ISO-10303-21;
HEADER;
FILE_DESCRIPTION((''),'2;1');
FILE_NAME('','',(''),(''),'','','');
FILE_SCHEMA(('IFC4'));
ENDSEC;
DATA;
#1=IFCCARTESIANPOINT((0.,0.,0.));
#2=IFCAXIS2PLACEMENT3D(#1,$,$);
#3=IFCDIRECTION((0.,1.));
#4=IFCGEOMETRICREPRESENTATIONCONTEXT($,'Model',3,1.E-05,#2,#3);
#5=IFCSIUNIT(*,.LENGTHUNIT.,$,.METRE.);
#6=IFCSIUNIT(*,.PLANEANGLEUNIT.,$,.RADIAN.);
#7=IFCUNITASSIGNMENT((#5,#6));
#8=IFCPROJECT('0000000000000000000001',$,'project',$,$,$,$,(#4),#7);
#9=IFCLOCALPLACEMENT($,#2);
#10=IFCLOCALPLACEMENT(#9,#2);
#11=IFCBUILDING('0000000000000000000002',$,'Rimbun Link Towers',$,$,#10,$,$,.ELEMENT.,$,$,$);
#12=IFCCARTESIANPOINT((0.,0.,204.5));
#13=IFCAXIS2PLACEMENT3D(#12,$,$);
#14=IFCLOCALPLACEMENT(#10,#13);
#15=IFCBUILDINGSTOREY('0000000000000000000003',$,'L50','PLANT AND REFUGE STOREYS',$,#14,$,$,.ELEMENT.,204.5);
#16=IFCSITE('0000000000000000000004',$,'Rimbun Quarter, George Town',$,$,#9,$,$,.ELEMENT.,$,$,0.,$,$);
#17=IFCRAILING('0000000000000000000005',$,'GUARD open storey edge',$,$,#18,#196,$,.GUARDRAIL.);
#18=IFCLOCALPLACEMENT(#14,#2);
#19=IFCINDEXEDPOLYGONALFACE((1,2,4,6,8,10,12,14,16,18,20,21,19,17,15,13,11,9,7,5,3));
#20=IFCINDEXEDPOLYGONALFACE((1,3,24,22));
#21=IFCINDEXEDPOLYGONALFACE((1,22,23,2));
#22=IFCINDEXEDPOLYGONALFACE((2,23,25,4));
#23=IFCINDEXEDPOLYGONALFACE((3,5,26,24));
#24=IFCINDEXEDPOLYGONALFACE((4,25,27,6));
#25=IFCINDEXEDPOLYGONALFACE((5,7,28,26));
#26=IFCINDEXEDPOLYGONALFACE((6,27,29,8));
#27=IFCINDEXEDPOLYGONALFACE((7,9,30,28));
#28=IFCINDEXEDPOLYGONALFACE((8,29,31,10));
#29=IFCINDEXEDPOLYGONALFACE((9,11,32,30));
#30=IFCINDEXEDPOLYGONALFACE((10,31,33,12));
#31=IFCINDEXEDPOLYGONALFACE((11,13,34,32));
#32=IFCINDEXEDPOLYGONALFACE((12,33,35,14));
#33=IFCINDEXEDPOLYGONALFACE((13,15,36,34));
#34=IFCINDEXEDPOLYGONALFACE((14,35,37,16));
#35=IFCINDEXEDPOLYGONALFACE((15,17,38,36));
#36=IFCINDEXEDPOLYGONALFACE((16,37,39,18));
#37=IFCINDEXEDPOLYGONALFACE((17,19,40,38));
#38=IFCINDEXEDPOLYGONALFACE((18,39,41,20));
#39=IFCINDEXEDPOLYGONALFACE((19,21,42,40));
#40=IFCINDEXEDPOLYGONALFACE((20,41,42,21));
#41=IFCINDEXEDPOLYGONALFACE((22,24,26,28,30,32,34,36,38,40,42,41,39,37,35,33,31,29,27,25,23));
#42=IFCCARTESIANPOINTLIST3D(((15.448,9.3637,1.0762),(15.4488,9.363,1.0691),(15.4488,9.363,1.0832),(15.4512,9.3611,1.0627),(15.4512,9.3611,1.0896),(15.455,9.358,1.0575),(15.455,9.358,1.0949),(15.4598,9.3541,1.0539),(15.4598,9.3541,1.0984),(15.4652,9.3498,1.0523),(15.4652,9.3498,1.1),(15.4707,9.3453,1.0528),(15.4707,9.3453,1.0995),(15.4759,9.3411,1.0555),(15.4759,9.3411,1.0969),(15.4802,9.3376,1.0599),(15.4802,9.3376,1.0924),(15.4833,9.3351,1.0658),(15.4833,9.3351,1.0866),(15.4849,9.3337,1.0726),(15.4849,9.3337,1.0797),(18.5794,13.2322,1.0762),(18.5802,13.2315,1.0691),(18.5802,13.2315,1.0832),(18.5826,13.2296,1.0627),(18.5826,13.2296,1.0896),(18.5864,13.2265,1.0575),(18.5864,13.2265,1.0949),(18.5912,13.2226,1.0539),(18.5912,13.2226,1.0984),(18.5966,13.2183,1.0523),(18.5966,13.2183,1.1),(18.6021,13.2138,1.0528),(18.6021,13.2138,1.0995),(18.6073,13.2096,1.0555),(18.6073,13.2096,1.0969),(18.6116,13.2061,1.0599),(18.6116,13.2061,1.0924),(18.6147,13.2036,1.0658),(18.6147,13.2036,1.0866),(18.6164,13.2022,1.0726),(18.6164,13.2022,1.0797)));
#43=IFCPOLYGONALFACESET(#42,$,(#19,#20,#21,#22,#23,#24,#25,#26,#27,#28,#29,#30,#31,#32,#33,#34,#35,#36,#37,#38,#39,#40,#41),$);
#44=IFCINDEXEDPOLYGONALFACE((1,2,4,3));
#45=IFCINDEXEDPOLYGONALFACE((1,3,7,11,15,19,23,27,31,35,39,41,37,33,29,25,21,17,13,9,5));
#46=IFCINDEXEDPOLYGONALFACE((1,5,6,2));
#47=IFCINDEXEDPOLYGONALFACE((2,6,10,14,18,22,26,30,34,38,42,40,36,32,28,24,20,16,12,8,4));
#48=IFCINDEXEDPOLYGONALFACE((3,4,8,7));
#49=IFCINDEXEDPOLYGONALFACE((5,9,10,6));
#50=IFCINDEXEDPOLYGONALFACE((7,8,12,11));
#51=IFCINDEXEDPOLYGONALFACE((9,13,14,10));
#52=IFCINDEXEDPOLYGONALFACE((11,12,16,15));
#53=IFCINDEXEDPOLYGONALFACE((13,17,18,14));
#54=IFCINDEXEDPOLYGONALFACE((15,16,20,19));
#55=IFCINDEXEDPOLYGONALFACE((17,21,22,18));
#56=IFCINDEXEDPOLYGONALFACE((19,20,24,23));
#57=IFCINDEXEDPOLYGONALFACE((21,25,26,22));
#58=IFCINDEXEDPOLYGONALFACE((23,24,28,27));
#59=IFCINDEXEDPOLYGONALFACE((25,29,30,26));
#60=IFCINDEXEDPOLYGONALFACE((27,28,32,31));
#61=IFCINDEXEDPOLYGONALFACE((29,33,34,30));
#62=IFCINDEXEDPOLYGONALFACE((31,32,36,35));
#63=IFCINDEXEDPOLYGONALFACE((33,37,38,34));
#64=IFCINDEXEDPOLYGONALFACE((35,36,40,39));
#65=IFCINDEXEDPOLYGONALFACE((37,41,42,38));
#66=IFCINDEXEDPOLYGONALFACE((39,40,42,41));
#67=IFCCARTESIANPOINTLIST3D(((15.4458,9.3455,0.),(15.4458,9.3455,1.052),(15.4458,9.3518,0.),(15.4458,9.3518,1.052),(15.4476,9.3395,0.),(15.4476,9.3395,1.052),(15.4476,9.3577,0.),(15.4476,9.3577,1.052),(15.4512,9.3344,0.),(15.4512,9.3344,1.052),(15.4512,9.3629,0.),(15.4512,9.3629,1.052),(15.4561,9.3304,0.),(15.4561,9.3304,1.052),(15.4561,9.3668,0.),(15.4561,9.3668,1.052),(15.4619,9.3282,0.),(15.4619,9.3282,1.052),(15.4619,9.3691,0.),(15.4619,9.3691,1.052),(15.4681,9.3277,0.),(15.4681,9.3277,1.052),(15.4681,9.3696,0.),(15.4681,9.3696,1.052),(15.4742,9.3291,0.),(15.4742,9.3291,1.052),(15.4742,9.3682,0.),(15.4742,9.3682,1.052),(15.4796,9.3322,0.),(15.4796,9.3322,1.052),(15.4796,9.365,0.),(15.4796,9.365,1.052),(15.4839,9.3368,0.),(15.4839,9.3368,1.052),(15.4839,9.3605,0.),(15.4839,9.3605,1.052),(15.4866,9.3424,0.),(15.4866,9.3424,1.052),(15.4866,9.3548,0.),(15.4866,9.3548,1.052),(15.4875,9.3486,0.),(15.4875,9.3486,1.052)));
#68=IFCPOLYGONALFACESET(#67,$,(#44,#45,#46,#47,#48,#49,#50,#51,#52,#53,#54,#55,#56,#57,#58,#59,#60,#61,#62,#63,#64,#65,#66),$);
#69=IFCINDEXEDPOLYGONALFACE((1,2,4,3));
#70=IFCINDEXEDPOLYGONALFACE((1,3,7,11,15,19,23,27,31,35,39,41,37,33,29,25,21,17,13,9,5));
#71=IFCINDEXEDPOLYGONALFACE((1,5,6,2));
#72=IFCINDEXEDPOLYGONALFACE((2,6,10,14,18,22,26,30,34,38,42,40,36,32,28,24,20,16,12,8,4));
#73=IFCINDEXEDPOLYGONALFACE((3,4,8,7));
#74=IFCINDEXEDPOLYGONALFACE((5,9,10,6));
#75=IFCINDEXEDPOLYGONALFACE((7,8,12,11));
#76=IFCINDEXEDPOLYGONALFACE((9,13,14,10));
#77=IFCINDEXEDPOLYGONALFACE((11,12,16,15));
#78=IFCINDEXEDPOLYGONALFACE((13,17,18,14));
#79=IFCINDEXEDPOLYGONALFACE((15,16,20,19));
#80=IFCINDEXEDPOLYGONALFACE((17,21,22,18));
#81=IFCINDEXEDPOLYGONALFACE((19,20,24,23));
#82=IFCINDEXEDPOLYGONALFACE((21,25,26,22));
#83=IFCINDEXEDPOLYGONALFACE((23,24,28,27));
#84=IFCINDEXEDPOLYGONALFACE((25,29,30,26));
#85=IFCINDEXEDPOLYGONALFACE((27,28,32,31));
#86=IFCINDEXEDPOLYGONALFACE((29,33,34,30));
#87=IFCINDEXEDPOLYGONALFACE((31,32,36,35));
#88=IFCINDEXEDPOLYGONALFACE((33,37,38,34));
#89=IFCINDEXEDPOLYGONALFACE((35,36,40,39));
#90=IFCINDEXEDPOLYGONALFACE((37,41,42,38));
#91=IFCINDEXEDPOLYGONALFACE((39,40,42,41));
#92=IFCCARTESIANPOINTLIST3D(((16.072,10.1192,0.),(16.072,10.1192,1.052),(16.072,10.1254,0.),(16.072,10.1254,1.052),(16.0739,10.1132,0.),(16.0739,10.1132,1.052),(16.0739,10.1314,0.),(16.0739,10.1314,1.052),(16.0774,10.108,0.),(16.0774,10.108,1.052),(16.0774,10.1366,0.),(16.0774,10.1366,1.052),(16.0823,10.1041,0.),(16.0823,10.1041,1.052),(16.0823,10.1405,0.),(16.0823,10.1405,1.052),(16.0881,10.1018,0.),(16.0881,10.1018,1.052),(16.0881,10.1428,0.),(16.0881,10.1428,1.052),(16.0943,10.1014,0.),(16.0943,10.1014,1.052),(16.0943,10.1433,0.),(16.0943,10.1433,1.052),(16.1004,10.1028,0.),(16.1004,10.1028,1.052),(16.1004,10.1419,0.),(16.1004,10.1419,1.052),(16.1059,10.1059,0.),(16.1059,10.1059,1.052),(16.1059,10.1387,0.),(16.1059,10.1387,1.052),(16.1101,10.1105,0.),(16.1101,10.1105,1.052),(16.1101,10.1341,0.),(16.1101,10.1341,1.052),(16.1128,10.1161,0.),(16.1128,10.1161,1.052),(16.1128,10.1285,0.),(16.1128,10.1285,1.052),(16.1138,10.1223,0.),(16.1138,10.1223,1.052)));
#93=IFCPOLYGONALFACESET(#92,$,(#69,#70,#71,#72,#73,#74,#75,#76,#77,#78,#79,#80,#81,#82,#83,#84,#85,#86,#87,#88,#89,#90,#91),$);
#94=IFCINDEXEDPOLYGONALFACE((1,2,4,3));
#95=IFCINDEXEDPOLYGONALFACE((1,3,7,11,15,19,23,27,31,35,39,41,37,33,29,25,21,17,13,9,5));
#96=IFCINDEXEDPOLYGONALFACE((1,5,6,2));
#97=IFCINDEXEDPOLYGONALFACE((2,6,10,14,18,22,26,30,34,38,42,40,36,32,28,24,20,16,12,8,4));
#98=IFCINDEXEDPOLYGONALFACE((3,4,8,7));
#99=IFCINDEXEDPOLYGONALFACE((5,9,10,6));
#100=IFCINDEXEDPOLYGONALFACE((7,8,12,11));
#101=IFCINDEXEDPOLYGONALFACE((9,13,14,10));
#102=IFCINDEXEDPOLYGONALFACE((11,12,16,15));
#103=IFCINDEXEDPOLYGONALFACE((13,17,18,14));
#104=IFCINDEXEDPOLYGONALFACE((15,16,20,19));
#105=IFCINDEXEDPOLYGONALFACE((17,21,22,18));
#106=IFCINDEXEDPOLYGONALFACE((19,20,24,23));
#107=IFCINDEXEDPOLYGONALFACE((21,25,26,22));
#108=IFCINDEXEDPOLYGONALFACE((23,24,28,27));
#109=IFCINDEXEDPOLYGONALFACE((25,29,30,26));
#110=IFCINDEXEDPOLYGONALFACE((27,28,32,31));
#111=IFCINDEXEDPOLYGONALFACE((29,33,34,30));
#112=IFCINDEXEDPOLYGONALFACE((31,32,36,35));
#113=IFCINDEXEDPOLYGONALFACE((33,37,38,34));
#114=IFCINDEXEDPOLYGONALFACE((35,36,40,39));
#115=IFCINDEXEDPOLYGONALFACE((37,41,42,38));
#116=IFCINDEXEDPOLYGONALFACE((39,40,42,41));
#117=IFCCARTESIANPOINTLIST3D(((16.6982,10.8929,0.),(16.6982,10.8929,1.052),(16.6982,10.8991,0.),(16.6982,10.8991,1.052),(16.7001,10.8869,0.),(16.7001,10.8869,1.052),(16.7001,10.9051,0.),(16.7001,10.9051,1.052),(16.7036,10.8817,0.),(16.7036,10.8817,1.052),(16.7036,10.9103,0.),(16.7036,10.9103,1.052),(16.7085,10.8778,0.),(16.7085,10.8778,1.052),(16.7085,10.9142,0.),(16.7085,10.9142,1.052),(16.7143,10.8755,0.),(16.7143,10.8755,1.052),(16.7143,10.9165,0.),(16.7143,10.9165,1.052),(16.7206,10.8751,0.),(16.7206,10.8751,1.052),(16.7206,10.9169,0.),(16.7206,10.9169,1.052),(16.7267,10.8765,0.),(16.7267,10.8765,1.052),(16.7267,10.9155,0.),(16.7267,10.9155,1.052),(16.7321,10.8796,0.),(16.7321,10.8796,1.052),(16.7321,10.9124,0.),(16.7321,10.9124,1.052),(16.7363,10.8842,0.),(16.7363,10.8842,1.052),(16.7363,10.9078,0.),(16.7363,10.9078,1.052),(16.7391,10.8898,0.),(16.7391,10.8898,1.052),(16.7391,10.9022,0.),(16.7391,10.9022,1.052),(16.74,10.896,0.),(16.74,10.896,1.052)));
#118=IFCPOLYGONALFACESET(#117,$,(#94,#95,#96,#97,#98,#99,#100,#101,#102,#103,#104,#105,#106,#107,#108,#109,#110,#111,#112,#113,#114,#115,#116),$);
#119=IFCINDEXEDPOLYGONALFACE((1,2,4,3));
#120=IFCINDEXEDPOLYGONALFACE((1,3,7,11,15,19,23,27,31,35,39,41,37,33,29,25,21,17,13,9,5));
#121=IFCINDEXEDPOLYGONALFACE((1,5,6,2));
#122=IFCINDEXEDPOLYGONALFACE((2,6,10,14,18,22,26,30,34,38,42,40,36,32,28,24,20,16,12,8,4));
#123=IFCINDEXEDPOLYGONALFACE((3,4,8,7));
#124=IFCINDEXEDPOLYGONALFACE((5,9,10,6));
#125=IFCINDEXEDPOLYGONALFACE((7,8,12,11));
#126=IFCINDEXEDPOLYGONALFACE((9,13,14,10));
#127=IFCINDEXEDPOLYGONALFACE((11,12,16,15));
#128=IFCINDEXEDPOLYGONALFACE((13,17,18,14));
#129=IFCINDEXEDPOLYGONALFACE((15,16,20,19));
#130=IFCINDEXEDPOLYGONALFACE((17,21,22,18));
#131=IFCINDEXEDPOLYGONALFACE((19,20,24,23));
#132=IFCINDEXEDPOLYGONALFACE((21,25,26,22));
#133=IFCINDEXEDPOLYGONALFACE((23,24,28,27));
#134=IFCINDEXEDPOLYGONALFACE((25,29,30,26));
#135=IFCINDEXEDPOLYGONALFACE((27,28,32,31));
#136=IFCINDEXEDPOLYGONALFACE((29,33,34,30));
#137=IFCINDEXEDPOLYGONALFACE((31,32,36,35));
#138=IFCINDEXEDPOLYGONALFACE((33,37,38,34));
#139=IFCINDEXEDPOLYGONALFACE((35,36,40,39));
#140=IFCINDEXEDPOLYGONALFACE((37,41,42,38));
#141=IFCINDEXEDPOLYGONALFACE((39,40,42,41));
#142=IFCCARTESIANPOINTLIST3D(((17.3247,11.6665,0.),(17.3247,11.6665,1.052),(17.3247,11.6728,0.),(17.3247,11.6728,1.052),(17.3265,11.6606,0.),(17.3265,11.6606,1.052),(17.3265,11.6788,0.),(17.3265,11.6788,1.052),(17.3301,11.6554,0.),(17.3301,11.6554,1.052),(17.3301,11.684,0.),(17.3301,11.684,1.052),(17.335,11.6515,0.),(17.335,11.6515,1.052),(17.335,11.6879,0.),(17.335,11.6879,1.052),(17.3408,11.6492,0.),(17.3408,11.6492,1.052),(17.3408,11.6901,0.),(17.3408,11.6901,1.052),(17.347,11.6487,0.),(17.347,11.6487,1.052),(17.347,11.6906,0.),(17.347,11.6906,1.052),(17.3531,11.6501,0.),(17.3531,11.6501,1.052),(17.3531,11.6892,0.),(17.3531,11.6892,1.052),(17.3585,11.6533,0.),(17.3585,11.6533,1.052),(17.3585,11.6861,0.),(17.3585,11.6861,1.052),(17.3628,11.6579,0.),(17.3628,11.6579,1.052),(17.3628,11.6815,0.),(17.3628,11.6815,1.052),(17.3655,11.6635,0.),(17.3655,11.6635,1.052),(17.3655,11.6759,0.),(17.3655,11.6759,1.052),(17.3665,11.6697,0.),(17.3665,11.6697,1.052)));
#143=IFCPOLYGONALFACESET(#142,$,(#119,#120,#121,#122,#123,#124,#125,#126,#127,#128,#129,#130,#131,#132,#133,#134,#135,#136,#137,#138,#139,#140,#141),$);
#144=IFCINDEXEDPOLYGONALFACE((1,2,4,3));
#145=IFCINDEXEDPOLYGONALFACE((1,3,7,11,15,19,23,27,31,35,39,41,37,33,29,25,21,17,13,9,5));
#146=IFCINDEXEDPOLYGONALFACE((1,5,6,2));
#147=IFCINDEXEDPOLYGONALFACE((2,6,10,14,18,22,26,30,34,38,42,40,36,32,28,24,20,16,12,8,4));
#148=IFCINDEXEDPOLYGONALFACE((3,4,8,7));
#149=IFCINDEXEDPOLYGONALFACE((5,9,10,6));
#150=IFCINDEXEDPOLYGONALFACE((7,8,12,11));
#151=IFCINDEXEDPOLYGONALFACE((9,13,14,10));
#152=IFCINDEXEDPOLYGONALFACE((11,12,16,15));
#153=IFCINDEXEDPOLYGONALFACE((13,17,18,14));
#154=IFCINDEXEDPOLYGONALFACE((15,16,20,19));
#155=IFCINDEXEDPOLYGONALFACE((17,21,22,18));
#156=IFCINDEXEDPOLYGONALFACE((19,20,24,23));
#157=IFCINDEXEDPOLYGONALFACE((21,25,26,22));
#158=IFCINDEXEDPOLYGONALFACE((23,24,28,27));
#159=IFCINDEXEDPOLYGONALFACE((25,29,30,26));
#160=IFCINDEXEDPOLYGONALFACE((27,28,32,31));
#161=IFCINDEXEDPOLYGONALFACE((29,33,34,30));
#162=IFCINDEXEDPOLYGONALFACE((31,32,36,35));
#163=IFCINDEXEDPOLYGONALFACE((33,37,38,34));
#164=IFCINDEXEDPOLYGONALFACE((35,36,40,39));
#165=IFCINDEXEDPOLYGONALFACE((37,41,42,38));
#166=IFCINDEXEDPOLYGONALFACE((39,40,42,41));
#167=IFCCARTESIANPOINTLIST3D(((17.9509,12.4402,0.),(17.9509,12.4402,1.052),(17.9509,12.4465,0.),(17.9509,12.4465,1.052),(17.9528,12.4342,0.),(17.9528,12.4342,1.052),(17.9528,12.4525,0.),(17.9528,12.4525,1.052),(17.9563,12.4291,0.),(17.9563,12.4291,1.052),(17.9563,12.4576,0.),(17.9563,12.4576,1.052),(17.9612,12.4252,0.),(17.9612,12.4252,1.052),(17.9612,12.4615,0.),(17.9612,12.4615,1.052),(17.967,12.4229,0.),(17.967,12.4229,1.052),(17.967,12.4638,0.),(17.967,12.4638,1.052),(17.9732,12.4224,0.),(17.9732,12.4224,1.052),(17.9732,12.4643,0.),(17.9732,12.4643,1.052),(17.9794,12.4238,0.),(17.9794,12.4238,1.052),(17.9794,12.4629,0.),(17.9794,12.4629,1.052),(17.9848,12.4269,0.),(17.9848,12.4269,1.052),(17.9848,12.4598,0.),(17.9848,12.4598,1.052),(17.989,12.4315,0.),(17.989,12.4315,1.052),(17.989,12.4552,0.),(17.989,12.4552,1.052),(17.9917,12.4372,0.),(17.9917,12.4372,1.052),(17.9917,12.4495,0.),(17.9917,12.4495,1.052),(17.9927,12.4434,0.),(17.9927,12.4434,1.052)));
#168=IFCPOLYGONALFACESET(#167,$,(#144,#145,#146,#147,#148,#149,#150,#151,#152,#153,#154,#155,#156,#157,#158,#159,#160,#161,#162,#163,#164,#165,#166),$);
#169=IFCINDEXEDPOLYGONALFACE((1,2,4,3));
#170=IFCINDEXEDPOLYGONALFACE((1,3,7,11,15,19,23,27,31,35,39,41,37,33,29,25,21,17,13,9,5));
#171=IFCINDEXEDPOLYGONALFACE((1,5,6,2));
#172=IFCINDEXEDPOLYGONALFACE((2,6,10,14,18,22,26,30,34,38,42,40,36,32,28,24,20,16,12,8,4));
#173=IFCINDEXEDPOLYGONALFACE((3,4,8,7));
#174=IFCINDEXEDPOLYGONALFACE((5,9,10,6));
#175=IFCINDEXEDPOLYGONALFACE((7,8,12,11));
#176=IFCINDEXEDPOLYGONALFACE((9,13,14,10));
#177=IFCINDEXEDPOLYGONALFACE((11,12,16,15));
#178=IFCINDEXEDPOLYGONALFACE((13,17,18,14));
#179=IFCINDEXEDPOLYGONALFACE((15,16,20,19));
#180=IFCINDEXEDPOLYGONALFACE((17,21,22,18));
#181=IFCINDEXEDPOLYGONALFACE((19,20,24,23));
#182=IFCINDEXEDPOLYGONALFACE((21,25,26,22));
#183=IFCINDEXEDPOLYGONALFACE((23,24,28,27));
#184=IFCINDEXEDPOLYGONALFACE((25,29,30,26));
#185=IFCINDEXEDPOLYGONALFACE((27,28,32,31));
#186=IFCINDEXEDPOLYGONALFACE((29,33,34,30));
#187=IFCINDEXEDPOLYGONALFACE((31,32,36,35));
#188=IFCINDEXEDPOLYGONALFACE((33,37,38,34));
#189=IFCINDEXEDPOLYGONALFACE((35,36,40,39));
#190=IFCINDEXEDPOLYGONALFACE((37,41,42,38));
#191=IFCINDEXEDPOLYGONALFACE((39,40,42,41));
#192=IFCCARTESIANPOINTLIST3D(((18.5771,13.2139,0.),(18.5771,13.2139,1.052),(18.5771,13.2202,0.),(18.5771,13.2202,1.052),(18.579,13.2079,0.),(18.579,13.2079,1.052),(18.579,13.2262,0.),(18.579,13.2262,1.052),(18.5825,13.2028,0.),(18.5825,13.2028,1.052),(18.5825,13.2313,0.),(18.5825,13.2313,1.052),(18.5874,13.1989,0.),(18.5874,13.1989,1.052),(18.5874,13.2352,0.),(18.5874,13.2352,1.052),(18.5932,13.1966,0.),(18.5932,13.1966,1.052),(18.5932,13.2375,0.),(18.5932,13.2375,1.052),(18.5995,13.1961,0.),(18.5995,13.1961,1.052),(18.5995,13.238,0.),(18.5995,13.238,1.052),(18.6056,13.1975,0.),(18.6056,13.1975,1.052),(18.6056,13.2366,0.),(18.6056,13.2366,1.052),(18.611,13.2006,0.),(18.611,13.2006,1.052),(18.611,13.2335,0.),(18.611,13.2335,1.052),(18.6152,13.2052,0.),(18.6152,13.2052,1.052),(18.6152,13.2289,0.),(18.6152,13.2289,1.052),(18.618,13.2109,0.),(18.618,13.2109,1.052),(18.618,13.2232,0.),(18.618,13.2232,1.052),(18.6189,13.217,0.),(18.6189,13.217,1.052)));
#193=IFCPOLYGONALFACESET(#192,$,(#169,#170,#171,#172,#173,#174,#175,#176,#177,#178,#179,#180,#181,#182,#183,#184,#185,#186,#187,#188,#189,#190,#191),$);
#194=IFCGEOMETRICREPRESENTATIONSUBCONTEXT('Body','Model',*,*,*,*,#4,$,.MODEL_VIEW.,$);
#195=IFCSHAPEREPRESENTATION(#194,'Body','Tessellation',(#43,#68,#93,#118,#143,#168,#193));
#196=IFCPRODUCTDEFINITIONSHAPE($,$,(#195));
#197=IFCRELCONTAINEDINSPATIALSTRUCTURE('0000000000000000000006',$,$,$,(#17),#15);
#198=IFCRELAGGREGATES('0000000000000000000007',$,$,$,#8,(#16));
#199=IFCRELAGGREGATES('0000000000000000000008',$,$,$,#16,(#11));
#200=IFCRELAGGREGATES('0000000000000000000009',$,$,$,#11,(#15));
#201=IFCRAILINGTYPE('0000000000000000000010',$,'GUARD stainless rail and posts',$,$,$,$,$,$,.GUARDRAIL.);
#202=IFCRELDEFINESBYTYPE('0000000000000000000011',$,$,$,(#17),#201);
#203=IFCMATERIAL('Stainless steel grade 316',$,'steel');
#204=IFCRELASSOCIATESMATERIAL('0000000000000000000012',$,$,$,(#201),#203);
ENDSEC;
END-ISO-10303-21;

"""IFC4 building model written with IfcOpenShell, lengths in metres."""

from ifc_helpers import new_model, si_unit, direction, frame, origin, origin_2d, place, context, subcontext, project, spatial, circle, extrude, material, type_object, element, save


model = new_model("IFC4")

# Units and contexts
model_context = context("Model", 3, precision=1e-05, world=origin(), true_north=direction((0.0, 1.0)))
body_context = subcontext(model_context, "Body", "Model", "MODEL_VIEW")
ifc_project = project(units=[si_unit("LENGTHUNIT", "METRE"), si_unit("PLANEANGLEUNIT", "RADIAN")], contexts=[model_context])

# Site, building, storey
site_placement = place(None, origin())
site = spatial("IfcSite", under=ifc_project, at=site_placement, Name="Rimbun Quarter, George Town", CompositionType="ELEMENT", RefElevation=0.0)
building_placement = place(site_placement, origin())
building = spatial("IfcBuilding", under=site, at=building_placement, Name="Rimbun Link Towers", CompositionType="ELEMENT")
storey_placement = place(building_placement, frame((0.0, 0.0, 204.5)))
storey = spatial("IfcBuildingStorey", under=building, at=storey_placement, Name="L50", Description="PLANT AND REFUGE STOREYS", CompositionType="ELEMENT", Elevation=204.5)

# Railing
ifc_material_1 = material(Name="Stainless steel grade 316", Category="steel")
railing_type = type_object("IfcRailingType", Name="GUARD stainless rail and posts", PredefinedType="GUARDRAIL", material=ifc_material_1)
railing_1_placement = place(storey_placement, frame((15.4666, 9.3486, 0.0)))
element("IfcRailing", 1, at=railing_1_placement, inside=storey, type_object=railing_type, Name="GUARD open storey edge", PredefinedType="GUARDRAIL", context=body_context, shape_type="SweptSolid", body=[
    extrude(circle(Radius=0.0239, at=origin_2d()), frame((0.0, 0.0, 1.0762), z_axis=(0.629171, 0.777267, 0.0), x_axis=(-0.777267, 0.629171, 0.0)), (0.0, 0.0, 1.0), 4.9771),
    extrude(circle(Radius=0.021, at=origin_2d()), origin(), (0.0, 0.0, 1.0), 1.052),
    extrude(circle(Radius=0.021, at=origin_2d()), frame((0.6262, 0.7737, 0.0)), (0.0, 0.0, 1.0), 1.052),
    extrude(circle(Radius=0.021, at=origin_2d()), frame((1.2524, 1.5474, 0.0)), (0.0, 0.0, 1.0), 1.052),
    extrude(circle(Radius=0.021, at=origin_2d()), frame((1.8789, 2.321, 0.0)), (0.0, 0.0, 1.0), 1.052),
    extrude(circle(Radius=0.021, at=origin_2d()), frame((2.5051, 3.0947, 0.0)), (0.0, 0.0, 1.0), 1.052),
    extrude(circle(Radius=0.021, at=origin_2d()), frame((3.1313, 3.8684, 0.0)), (0.0, 0.0, 1.0), 1.052),
])

save(model, "model.ifc")
